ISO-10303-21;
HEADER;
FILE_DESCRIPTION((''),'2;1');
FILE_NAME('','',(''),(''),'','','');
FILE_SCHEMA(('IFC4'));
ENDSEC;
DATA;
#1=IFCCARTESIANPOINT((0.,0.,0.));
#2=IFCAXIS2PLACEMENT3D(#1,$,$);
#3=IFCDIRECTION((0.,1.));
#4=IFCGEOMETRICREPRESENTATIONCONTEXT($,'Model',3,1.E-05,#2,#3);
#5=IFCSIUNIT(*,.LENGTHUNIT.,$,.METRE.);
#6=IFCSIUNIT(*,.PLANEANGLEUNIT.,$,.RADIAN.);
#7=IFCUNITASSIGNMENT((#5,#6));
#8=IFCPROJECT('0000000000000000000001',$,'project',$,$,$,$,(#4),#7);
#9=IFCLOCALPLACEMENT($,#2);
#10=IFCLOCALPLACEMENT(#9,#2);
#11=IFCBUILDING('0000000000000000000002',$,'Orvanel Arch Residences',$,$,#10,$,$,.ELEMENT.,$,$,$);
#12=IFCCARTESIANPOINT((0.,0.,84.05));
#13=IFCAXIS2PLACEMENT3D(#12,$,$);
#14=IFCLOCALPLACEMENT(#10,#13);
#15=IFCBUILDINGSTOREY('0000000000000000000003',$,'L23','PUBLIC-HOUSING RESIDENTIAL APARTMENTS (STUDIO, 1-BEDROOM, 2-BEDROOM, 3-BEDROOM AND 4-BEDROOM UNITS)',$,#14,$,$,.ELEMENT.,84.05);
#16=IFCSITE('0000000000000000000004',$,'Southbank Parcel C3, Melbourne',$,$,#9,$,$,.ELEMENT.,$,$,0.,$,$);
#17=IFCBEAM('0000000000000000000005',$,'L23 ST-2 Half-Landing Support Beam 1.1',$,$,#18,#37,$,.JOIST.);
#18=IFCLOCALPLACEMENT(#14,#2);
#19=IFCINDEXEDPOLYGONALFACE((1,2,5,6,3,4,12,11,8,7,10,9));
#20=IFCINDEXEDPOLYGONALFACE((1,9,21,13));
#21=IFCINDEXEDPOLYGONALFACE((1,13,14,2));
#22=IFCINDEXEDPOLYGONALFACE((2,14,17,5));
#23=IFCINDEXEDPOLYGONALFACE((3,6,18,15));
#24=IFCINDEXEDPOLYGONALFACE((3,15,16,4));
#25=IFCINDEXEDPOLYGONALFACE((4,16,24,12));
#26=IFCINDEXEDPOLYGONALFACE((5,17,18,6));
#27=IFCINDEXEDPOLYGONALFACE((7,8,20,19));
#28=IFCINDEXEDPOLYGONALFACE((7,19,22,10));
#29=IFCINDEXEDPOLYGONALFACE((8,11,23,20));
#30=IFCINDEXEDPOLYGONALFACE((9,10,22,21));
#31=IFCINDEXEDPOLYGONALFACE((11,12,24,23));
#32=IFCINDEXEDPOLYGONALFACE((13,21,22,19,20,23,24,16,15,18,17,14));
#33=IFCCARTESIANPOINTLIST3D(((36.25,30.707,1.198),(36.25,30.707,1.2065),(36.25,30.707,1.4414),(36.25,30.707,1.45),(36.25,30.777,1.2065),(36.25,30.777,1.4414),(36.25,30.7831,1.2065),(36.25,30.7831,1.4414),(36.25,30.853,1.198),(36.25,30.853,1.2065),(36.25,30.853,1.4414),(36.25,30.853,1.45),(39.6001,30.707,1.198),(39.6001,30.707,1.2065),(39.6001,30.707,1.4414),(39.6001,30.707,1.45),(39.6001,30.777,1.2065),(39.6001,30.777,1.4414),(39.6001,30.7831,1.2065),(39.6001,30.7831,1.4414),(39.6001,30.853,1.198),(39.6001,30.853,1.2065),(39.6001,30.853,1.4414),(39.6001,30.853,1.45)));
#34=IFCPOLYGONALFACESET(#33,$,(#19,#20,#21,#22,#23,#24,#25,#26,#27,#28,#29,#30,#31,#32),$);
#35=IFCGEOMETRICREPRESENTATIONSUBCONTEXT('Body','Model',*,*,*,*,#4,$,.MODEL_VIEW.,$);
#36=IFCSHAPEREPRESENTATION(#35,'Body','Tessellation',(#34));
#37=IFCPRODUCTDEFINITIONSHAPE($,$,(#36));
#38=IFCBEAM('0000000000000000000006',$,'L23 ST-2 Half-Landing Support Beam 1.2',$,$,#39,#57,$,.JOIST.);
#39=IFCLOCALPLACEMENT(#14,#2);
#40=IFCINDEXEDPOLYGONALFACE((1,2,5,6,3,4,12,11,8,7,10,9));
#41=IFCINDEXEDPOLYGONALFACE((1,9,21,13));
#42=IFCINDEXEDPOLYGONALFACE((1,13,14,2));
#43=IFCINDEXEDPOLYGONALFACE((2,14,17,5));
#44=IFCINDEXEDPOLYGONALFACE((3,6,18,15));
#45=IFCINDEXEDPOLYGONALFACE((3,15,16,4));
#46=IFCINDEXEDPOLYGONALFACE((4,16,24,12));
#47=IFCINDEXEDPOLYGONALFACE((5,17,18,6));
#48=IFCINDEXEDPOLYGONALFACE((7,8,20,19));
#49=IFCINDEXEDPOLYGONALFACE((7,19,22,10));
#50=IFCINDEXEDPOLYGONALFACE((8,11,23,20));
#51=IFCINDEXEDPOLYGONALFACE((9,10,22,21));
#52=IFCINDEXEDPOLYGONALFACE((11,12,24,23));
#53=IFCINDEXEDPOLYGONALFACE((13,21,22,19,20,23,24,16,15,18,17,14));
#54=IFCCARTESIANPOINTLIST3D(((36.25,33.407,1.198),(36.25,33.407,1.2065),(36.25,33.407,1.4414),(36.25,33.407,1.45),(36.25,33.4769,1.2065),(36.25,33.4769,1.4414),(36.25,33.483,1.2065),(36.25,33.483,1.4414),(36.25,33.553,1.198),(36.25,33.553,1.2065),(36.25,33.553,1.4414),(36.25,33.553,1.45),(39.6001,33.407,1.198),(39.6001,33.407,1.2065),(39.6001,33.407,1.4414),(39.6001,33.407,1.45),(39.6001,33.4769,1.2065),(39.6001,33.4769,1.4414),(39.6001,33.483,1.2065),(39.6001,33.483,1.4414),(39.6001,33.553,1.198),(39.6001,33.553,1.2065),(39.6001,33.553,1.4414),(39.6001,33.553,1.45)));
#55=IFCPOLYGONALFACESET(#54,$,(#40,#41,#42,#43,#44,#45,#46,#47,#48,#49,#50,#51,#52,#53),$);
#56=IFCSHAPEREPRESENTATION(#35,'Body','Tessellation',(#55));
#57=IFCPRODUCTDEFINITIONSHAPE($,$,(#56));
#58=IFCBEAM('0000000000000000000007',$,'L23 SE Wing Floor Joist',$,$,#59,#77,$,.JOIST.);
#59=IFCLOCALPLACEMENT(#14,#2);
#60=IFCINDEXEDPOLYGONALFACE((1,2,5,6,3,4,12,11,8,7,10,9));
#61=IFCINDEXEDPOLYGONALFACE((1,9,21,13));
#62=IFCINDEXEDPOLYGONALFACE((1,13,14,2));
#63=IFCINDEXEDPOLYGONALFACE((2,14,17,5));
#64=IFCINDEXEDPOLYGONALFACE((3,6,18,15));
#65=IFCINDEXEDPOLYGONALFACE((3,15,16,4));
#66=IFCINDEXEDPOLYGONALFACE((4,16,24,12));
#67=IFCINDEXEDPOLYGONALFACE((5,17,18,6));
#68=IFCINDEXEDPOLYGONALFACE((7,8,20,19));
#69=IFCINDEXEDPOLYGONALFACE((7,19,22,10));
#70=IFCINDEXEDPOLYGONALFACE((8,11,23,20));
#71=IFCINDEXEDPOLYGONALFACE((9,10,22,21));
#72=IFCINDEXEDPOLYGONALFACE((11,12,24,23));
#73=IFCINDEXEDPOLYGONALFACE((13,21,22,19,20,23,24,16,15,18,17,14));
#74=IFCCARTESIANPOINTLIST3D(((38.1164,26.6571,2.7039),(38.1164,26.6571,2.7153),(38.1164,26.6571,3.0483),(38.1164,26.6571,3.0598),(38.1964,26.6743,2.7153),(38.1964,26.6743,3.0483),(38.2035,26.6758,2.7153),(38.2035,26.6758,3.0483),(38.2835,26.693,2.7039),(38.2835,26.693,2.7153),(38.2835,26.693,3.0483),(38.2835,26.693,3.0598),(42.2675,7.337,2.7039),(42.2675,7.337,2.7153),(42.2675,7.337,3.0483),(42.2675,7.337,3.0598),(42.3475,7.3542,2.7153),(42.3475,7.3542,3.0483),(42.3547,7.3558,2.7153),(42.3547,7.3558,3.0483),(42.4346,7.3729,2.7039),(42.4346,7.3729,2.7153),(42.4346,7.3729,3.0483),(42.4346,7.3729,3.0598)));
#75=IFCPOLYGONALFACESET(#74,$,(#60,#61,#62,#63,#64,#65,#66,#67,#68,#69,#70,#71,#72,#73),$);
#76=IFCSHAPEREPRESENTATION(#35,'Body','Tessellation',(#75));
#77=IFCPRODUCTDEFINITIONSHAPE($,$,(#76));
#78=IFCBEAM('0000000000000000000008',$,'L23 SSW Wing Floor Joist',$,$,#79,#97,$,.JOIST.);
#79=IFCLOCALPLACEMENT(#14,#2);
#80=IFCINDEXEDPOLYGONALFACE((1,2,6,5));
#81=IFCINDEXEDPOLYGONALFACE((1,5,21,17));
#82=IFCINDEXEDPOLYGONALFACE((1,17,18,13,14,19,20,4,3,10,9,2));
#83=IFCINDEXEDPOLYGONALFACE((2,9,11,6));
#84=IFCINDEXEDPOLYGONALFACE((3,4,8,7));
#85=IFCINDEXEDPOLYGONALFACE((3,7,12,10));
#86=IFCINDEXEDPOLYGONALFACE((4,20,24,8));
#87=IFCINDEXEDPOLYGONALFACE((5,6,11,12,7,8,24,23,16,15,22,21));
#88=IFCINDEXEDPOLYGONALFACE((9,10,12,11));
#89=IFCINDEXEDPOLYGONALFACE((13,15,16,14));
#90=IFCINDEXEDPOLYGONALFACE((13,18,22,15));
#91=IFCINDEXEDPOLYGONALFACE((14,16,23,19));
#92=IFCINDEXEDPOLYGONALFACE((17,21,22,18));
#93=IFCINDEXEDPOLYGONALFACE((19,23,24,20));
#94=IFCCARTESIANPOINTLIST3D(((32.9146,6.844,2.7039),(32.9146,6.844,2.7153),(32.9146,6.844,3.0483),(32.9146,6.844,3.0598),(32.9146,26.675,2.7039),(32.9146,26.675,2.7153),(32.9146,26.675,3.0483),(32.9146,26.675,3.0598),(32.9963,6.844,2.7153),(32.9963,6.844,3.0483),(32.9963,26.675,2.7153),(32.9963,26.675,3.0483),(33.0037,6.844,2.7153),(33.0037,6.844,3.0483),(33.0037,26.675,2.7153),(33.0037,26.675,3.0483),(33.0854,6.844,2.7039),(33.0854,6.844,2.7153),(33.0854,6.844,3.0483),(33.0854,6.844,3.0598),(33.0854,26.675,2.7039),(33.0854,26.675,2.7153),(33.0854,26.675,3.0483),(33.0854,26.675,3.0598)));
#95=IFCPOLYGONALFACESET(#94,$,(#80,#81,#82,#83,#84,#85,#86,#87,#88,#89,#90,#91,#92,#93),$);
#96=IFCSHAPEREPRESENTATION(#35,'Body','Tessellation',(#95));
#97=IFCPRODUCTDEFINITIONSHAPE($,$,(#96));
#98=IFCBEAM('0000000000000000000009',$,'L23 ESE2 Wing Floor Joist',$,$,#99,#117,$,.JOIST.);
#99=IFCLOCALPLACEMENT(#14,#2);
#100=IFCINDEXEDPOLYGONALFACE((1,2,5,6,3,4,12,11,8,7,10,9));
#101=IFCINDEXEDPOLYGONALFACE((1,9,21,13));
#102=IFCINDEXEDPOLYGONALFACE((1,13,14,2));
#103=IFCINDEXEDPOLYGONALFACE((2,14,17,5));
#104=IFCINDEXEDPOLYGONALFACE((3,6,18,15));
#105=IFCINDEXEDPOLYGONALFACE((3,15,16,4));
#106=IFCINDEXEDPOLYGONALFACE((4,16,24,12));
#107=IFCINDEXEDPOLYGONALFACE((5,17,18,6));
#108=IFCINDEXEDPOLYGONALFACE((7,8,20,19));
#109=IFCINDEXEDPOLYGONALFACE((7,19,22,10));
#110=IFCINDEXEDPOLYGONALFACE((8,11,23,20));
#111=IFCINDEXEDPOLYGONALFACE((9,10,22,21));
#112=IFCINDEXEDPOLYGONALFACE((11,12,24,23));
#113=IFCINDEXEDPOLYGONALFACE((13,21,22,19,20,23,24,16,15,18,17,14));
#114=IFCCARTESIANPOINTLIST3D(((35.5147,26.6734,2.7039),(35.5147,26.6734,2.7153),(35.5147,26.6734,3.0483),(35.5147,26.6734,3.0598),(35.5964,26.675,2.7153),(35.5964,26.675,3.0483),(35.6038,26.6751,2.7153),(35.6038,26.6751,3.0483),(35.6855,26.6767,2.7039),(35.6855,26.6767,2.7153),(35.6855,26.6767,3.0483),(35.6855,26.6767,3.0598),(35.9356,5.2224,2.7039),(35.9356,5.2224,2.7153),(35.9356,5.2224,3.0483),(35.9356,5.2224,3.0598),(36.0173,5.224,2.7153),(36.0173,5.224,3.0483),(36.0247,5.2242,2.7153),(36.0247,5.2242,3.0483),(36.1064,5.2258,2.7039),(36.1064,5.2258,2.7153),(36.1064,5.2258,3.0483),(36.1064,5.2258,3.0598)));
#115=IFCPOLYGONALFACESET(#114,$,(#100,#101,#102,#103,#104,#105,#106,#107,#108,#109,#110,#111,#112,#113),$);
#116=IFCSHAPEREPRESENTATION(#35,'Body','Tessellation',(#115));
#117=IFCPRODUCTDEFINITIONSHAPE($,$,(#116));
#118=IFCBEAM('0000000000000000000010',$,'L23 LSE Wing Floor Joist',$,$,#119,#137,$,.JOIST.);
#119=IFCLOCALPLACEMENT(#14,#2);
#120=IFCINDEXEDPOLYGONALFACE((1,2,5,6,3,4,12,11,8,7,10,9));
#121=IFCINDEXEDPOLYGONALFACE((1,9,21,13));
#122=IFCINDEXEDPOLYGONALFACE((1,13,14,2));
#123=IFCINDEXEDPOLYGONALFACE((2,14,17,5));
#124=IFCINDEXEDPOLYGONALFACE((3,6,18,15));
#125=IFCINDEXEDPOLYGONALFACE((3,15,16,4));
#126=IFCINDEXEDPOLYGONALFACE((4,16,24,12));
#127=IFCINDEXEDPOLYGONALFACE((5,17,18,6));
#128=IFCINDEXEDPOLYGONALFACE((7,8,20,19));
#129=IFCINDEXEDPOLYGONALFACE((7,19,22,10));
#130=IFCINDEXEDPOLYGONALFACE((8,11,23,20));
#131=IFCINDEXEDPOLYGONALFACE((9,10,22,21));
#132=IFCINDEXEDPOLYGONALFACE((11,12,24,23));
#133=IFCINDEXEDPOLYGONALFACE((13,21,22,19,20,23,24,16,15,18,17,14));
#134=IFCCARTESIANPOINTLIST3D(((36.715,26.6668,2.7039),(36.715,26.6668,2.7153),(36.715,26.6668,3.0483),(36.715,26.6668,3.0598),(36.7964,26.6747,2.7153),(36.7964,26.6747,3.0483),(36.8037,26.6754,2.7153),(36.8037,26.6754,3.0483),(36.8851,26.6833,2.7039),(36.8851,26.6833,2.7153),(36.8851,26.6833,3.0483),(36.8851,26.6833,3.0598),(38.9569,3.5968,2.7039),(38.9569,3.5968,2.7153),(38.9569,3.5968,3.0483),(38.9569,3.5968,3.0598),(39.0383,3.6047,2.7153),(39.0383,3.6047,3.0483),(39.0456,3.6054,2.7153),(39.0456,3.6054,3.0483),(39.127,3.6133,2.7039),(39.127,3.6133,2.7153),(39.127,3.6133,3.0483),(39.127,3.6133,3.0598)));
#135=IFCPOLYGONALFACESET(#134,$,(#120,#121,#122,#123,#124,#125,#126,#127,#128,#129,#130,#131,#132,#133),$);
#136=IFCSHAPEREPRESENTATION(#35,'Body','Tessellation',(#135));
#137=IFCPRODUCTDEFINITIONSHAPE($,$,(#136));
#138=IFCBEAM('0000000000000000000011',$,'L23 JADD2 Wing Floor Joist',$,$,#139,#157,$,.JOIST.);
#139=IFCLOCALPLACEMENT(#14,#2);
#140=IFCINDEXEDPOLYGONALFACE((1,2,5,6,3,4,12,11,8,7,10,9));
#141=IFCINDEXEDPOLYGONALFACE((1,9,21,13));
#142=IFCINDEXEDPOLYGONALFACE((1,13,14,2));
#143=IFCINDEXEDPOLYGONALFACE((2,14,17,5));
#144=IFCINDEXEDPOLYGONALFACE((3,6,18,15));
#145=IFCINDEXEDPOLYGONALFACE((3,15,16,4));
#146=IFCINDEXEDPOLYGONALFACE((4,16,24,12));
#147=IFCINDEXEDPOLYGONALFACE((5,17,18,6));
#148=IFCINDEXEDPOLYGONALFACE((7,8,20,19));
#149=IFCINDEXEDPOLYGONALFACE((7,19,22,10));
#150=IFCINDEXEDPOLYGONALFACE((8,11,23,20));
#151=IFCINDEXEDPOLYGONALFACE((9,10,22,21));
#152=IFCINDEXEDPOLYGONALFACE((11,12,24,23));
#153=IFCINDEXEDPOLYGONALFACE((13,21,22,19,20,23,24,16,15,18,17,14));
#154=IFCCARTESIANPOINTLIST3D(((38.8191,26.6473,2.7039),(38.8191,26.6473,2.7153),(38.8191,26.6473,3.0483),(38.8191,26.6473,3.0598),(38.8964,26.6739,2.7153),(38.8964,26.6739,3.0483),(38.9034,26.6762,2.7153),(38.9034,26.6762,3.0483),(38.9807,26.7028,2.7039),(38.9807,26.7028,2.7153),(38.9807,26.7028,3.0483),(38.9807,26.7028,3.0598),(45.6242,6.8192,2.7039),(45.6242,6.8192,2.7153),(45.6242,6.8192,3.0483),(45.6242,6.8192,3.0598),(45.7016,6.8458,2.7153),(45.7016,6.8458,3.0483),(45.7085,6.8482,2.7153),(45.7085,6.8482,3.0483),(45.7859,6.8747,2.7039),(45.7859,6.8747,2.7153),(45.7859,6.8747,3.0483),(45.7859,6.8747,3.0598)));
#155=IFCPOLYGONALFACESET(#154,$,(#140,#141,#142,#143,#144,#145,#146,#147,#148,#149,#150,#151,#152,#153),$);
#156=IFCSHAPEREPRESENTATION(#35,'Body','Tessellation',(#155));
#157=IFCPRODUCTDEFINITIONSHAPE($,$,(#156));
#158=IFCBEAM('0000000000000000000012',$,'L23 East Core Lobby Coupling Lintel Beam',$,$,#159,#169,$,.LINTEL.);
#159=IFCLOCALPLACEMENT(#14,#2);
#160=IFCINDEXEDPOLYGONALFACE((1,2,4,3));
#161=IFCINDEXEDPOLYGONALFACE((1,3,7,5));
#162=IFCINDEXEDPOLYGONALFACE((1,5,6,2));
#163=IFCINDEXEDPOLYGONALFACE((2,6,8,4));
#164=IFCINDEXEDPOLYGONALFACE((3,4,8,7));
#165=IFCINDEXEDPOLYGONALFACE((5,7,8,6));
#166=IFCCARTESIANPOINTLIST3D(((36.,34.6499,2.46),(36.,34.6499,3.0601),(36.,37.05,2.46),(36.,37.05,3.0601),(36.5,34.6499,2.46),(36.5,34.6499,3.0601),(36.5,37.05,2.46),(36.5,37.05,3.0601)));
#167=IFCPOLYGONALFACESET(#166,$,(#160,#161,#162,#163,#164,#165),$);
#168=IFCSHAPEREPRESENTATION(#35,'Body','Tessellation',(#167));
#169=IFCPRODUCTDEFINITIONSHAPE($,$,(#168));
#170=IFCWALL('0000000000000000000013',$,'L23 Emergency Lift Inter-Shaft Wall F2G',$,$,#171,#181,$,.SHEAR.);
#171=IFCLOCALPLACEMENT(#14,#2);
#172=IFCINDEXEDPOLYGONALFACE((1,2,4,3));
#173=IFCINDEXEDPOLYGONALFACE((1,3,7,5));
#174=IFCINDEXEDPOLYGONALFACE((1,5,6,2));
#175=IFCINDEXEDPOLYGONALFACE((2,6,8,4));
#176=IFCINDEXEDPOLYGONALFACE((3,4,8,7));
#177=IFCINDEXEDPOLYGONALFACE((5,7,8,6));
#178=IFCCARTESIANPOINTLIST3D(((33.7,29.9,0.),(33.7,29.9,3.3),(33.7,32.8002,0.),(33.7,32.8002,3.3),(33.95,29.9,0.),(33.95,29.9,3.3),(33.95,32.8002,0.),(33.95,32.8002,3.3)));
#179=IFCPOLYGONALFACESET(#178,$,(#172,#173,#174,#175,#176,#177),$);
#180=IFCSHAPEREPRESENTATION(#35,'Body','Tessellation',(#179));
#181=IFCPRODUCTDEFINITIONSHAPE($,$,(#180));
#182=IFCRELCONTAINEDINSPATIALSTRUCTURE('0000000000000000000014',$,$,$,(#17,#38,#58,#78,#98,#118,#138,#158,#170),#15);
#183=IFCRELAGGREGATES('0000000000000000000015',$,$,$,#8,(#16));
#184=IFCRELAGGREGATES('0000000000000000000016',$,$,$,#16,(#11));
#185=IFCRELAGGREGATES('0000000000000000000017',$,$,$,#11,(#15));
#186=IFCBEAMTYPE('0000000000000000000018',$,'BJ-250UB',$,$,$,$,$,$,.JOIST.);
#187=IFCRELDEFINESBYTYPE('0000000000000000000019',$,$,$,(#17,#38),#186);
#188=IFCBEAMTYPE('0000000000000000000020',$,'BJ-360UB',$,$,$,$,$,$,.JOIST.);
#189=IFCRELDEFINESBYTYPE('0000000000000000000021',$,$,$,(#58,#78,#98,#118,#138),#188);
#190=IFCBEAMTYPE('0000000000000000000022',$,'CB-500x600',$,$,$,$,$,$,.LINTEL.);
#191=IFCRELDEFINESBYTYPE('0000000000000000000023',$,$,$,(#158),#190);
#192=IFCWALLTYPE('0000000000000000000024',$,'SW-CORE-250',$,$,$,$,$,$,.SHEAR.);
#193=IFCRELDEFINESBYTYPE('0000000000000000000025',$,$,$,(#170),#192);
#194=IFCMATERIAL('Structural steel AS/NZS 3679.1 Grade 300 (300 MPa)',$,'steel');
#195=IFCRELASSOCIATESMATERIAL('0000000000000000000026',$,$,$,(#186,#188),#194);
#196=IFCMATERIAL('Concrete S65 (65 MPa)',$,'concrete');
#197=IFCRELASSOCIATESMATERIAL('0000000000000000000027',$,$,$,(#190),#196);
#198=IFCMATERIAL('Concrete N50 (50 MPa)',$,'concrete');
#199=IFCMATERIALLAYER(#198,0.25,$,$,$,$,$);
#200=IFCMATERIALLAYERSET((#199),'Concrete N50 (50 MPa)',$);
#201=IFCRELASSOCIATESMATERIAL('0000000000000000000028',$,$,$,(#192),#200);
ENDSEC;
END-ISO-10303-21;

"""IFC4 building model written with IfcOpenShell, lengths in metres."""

from ifc_helpers import new_model, si_unit, direction, frame, frame_2d, origin, origin_2d, place, context, subcontext, project, spatial, rectangle, i_section, extrude, material, layer, layer_set, material_profile, profile_set, type_object, element, save


model = new_model("IFC4")

# Units and contexts
model_context = context("Model", 3, precision=1e-05, world=origin(), true_north=direction((0.0, 1.0)))
body_context = subcontext(model_context, "Body", "Model", "MODEL_VIEW")
ifc_project = project(units=[si_unit("LENGTHUNIT", "METRE"), si_unit("PLANEANGLEUNIT", "RADIAN")], contexts=[model_context])

# Site, building, storey
site_placement = place(None, origin())
site = spatial("IfcSite", under=ifc_project, at=site_placement, Name="Southbank Parcel C3, Melbourne", CompositionType="ELEMENT", RefElevation=0.0)
building_placement = place(site_placement, origin())
building = spatial("IfcBuilding", under=site, at=building_placement, Name="Orvanel Arch Residences", CompositionType="ELEMENT")
storey_placement = place(building_placement, frame((0.0, 0.0, 84.05)))
storey = spatial("IfcBuildingStorey", under=building, at=storey_placement, Name="L23", Description="PUBLIC-HOUSING RESIDENTIAL APARTMENTS (STUDIO, 1-BEDROOM, 2-BEDROOM, 3-BEDROOM AND 4-BEDROOM UNITS)", CompositionType="ELEMENT", Elevation=84.05)

# Beams
ifc_material_1 = material(Name="Structural steel AS/NZS 3679.1 Grade 300 (300 MPa)", Category="steel")
ifc_material_profile_1 = material_profile(ifc_material_1, i_section(OverallWidth=0.146, OverallDepth=0.252, WebThickness=0.0061, FlangeThickness=0.0085, at=origin_2d()), Name="250UB31.4")
ifc_profile_set_1 = profile_set([ifc_material_profile_1], Name="Structural steel AS/NZS 3679.1 Grade 300 (300 MPa)")
beam_type_1 = type_object("IfcBeamType", Name="BJ-250UB", PredefinedType="JOIST", material=ifc_profile_set_1)
for number, where, z_axis, x_axis, name in (
    (1, (36.25, 30.78, 1.324), (1.0, 0.0, 0.0), (0.0, 1.0, 0.0), "L23 ST-2 Half-Landing Support Beam 1.1"),
    (2, (36.25, 33.48, 1.324), (1.0, 0.0, 0.0), (0.0, 1.0, 0.0), "L23 ST-2 Half-Landing Support Beam 1.2"),
):
    element("IfcBeam", number, at=place(storey_placement, frame(where, z_axis=z_axis, x_axis=x_axis)), inside=storey, type_object=beam_type_1, Name=name, PredefinedType="JOIST", context=body_context, shape_type="SweptSolid", body=[
        extrude(i_section(OverallWidth=0.146, OverallDepth=0.252, WebThickness=0.0061, FlangeThickness=0.0085, at=origin_2d()), origin(), (0.0, 0.0, 1.0), 3.3501),
    ])
ifc_material_profile_2 = material_profile(ifc_material_1, i_section(OverallWidth=0.1709, OverallDepth=0.356, WebThickness=0.0073, FlangeThickness=0.0115, at=origin_2d()), Name="360UB50.7")
ifc_profile_set_2 = profile_set([ifc_material_profile_2], Name="Structural steel AS/NZS 3679.1 Grade 300 (300 MPa)")
beam_type_2 = type_object("IfcBeamType", Name="BJ-360UB", PredefinedType="JOIST", material=ifc_profile_set_2)
beam_1_placement = place(storey_placement, frame((38.2, 26.675, 2.8818), z_axis=(0.210067, -0.977687, 0.0), x_axis=(0.977687, 0.210067, 0.0)))
element("IfcBeam", 3, at=beam_1_placement, inside=storey, type_object=beam_type_2, Name="L23 SE Wing Floor Joist", PredefinedType="JOIST", context=body_context, shape_type="SweptSolid", body=[
    extrude(i_section(OverallWidth=0.1709, OverallDepth=0.356, WebThickness=0.0073, FlangeThickness=0.0115, at=origin_2d()), origin(), (0.0, 0.0, 1.0), 19.761),
])
beam_2_placement = place(storey_placement, frame((33.0, 26.675, 2.8818), z_axis=(0.0, -1.0, 0.0), x_axis=(1.0, 0.0, 0.0)))
element("IfcBeam", 4, at=beam_2_placement, inside=storey, type_object=beam_type_2, Name="L23 SSW Wing Floor Joist", PredefinedType="JOIST", context=body_context, shape_type="SweptSolid", body=[
    extrude(i_section(OverallWidth=0.1709, OverallDepth=0.356, WebThickness=0.0073, FlangeThickness=0.0115, at=origin_2d()), origin(), (0.0, 0.0, 1.0), 19.8311),
])
beam_3_placement = place(storey_placement, frame((35.6001, 26.675, 2.8818), z_axis=(0.019618, -0.999808, 0.0), x_axis=(0.999808, 0.019618, 0.0)))
element("IfcBeam", 5, at=beam_3_placement, inside=storey, type_object=beam_type_2, Name="L23 ESE2 Wing Floor Joist", PredefinedType="JOIST", context=body_context, shape_type="SweptSolid", body=[
    extrude(i_section(OverallWidth=0.1709, OverallDepth=0.356, WebThickness=0.0073, FlangeThickness=0.0115, at=origin_2d()), origin(), (0.0, 0.0, 1.0), 21.4551),
])
beam_4_placement = place(storey_placement, frame((36.8, 26.675, 2.8818), z_axis=(0.096724, -0.995311, 0.0), x_axis=(0.995311, 0.096724, 0.0)))
element("IfcBeam", 6, at=beam_4_placement, inside=storey, type_object=beam_type_2, Name="L23 LSE Wing Floor Joist", PredefinedType="JOIST", context=body_context, shape_type="SweptSolid", body=[
    extrude(i_section(OverallWidth=0.1709, OverallDepth=0.356, WebThickness=0.0073, FlangeThickness=0.0115, at=origin_2d()), origin(), (0.0, 0.0, 1.0), 23.1787),
])
beam_5_placement = place(storey_placement, frame((38.8999, 26.675, 2.8818), z_axis=(0.324621, -0.945844, 0.0), x_axis=(0.945844, 0.324621, 0.0)))
element("IfcBeam", 7, at=beam_5_placement, inside=storey, type_object=beam_type_2, Name="L23 JADD2 Wing Floor Joist", PredefinedType="JOIST", context=body_context, shape_type="SweptSolid", body=[
    extrude(i_section(OverallWidth=0.1709, OverallDepth=0.356, WebThickness=0.0073, FlangeThickness=0.0115, at=origin_2d()), origin(), (0.0, 0.0, 1.0), 20.9634),
])
ifc_material_2 = material(Name="Concrete S65 (65 MPa)", Category="concrete")
ifc_material_profile_3 = material_profile(ifc_material_2, rectangle(XDim=0.5, YDim=0.6001, at=origin_2d()), Name="RC500x600")
ifc_profile_set_3 = profile_set([ifc_material_profile_3], Name="Concrete S65 (65 MPa)")
beam_type_3 = type_object("IfcBeamType", Name="CB-500x600", PredefinedType="LINTEL", material=ifc_profile_set_3)
beam_6_placement = place(storey_placement, frame((36.25, 34.6499, 2.76), z_axis=(0.0, 1.0, 0.0), x_axis=(-1.0, 0.0, 0.0)))
element("IfcBeam", 8, at=beam_6_placement, inside=storey, type_object=beam_type_3, Name="L23 East Core Lobby Coupling Lintel Beam", PredefinedType="LINTEL", context=body_context, shape_type="SweptSolid", body=[
    extrude(rectangle(XDim=0.5, YDim=0.6001, at=origin_2d()), origin(), (0.0, 0.0, 1.0), 2.4001),
])

# Wall
ifc_material_3 = material(Name="Concrete N50 (50 MPa)", Category="concrete")
ifc_layer_1 = layer(ifc_material_3, 0.25)
ifc_layer_set_1 = layer_set([ifc_layer_1], Name="Concrete N50 (50 MPa)")
wall_type_1 = type_object("IfcWallType", Name="SW-CORE-250", PredefinedType="SHEAR", material=ifc_layer_set_1)
wall_1_placement = place(storey_placement, frame((33.825, 29.8999, 0.0), z_axis=(0.0, 0.0, 1.0), x_axis=(0.0, 1.0, 0.0)))
element("IfcWall", 9, at=wall_1_placement, inside=storey, type_object=wall_type_1, Name="L23 Emergency Lift Inter-Shaft Wall F2G", PredefinedType="SHEAR", context=body_context, shape_type="SweptSolid", body=[
    extrude(rectangle(XDim=2.9001, YDim=0.25, at=frame_2d((1.4502, 0.0))), origin(), (0.0, 0.0, 1.0), 3.3),
])

save(model, "model.ifc")
